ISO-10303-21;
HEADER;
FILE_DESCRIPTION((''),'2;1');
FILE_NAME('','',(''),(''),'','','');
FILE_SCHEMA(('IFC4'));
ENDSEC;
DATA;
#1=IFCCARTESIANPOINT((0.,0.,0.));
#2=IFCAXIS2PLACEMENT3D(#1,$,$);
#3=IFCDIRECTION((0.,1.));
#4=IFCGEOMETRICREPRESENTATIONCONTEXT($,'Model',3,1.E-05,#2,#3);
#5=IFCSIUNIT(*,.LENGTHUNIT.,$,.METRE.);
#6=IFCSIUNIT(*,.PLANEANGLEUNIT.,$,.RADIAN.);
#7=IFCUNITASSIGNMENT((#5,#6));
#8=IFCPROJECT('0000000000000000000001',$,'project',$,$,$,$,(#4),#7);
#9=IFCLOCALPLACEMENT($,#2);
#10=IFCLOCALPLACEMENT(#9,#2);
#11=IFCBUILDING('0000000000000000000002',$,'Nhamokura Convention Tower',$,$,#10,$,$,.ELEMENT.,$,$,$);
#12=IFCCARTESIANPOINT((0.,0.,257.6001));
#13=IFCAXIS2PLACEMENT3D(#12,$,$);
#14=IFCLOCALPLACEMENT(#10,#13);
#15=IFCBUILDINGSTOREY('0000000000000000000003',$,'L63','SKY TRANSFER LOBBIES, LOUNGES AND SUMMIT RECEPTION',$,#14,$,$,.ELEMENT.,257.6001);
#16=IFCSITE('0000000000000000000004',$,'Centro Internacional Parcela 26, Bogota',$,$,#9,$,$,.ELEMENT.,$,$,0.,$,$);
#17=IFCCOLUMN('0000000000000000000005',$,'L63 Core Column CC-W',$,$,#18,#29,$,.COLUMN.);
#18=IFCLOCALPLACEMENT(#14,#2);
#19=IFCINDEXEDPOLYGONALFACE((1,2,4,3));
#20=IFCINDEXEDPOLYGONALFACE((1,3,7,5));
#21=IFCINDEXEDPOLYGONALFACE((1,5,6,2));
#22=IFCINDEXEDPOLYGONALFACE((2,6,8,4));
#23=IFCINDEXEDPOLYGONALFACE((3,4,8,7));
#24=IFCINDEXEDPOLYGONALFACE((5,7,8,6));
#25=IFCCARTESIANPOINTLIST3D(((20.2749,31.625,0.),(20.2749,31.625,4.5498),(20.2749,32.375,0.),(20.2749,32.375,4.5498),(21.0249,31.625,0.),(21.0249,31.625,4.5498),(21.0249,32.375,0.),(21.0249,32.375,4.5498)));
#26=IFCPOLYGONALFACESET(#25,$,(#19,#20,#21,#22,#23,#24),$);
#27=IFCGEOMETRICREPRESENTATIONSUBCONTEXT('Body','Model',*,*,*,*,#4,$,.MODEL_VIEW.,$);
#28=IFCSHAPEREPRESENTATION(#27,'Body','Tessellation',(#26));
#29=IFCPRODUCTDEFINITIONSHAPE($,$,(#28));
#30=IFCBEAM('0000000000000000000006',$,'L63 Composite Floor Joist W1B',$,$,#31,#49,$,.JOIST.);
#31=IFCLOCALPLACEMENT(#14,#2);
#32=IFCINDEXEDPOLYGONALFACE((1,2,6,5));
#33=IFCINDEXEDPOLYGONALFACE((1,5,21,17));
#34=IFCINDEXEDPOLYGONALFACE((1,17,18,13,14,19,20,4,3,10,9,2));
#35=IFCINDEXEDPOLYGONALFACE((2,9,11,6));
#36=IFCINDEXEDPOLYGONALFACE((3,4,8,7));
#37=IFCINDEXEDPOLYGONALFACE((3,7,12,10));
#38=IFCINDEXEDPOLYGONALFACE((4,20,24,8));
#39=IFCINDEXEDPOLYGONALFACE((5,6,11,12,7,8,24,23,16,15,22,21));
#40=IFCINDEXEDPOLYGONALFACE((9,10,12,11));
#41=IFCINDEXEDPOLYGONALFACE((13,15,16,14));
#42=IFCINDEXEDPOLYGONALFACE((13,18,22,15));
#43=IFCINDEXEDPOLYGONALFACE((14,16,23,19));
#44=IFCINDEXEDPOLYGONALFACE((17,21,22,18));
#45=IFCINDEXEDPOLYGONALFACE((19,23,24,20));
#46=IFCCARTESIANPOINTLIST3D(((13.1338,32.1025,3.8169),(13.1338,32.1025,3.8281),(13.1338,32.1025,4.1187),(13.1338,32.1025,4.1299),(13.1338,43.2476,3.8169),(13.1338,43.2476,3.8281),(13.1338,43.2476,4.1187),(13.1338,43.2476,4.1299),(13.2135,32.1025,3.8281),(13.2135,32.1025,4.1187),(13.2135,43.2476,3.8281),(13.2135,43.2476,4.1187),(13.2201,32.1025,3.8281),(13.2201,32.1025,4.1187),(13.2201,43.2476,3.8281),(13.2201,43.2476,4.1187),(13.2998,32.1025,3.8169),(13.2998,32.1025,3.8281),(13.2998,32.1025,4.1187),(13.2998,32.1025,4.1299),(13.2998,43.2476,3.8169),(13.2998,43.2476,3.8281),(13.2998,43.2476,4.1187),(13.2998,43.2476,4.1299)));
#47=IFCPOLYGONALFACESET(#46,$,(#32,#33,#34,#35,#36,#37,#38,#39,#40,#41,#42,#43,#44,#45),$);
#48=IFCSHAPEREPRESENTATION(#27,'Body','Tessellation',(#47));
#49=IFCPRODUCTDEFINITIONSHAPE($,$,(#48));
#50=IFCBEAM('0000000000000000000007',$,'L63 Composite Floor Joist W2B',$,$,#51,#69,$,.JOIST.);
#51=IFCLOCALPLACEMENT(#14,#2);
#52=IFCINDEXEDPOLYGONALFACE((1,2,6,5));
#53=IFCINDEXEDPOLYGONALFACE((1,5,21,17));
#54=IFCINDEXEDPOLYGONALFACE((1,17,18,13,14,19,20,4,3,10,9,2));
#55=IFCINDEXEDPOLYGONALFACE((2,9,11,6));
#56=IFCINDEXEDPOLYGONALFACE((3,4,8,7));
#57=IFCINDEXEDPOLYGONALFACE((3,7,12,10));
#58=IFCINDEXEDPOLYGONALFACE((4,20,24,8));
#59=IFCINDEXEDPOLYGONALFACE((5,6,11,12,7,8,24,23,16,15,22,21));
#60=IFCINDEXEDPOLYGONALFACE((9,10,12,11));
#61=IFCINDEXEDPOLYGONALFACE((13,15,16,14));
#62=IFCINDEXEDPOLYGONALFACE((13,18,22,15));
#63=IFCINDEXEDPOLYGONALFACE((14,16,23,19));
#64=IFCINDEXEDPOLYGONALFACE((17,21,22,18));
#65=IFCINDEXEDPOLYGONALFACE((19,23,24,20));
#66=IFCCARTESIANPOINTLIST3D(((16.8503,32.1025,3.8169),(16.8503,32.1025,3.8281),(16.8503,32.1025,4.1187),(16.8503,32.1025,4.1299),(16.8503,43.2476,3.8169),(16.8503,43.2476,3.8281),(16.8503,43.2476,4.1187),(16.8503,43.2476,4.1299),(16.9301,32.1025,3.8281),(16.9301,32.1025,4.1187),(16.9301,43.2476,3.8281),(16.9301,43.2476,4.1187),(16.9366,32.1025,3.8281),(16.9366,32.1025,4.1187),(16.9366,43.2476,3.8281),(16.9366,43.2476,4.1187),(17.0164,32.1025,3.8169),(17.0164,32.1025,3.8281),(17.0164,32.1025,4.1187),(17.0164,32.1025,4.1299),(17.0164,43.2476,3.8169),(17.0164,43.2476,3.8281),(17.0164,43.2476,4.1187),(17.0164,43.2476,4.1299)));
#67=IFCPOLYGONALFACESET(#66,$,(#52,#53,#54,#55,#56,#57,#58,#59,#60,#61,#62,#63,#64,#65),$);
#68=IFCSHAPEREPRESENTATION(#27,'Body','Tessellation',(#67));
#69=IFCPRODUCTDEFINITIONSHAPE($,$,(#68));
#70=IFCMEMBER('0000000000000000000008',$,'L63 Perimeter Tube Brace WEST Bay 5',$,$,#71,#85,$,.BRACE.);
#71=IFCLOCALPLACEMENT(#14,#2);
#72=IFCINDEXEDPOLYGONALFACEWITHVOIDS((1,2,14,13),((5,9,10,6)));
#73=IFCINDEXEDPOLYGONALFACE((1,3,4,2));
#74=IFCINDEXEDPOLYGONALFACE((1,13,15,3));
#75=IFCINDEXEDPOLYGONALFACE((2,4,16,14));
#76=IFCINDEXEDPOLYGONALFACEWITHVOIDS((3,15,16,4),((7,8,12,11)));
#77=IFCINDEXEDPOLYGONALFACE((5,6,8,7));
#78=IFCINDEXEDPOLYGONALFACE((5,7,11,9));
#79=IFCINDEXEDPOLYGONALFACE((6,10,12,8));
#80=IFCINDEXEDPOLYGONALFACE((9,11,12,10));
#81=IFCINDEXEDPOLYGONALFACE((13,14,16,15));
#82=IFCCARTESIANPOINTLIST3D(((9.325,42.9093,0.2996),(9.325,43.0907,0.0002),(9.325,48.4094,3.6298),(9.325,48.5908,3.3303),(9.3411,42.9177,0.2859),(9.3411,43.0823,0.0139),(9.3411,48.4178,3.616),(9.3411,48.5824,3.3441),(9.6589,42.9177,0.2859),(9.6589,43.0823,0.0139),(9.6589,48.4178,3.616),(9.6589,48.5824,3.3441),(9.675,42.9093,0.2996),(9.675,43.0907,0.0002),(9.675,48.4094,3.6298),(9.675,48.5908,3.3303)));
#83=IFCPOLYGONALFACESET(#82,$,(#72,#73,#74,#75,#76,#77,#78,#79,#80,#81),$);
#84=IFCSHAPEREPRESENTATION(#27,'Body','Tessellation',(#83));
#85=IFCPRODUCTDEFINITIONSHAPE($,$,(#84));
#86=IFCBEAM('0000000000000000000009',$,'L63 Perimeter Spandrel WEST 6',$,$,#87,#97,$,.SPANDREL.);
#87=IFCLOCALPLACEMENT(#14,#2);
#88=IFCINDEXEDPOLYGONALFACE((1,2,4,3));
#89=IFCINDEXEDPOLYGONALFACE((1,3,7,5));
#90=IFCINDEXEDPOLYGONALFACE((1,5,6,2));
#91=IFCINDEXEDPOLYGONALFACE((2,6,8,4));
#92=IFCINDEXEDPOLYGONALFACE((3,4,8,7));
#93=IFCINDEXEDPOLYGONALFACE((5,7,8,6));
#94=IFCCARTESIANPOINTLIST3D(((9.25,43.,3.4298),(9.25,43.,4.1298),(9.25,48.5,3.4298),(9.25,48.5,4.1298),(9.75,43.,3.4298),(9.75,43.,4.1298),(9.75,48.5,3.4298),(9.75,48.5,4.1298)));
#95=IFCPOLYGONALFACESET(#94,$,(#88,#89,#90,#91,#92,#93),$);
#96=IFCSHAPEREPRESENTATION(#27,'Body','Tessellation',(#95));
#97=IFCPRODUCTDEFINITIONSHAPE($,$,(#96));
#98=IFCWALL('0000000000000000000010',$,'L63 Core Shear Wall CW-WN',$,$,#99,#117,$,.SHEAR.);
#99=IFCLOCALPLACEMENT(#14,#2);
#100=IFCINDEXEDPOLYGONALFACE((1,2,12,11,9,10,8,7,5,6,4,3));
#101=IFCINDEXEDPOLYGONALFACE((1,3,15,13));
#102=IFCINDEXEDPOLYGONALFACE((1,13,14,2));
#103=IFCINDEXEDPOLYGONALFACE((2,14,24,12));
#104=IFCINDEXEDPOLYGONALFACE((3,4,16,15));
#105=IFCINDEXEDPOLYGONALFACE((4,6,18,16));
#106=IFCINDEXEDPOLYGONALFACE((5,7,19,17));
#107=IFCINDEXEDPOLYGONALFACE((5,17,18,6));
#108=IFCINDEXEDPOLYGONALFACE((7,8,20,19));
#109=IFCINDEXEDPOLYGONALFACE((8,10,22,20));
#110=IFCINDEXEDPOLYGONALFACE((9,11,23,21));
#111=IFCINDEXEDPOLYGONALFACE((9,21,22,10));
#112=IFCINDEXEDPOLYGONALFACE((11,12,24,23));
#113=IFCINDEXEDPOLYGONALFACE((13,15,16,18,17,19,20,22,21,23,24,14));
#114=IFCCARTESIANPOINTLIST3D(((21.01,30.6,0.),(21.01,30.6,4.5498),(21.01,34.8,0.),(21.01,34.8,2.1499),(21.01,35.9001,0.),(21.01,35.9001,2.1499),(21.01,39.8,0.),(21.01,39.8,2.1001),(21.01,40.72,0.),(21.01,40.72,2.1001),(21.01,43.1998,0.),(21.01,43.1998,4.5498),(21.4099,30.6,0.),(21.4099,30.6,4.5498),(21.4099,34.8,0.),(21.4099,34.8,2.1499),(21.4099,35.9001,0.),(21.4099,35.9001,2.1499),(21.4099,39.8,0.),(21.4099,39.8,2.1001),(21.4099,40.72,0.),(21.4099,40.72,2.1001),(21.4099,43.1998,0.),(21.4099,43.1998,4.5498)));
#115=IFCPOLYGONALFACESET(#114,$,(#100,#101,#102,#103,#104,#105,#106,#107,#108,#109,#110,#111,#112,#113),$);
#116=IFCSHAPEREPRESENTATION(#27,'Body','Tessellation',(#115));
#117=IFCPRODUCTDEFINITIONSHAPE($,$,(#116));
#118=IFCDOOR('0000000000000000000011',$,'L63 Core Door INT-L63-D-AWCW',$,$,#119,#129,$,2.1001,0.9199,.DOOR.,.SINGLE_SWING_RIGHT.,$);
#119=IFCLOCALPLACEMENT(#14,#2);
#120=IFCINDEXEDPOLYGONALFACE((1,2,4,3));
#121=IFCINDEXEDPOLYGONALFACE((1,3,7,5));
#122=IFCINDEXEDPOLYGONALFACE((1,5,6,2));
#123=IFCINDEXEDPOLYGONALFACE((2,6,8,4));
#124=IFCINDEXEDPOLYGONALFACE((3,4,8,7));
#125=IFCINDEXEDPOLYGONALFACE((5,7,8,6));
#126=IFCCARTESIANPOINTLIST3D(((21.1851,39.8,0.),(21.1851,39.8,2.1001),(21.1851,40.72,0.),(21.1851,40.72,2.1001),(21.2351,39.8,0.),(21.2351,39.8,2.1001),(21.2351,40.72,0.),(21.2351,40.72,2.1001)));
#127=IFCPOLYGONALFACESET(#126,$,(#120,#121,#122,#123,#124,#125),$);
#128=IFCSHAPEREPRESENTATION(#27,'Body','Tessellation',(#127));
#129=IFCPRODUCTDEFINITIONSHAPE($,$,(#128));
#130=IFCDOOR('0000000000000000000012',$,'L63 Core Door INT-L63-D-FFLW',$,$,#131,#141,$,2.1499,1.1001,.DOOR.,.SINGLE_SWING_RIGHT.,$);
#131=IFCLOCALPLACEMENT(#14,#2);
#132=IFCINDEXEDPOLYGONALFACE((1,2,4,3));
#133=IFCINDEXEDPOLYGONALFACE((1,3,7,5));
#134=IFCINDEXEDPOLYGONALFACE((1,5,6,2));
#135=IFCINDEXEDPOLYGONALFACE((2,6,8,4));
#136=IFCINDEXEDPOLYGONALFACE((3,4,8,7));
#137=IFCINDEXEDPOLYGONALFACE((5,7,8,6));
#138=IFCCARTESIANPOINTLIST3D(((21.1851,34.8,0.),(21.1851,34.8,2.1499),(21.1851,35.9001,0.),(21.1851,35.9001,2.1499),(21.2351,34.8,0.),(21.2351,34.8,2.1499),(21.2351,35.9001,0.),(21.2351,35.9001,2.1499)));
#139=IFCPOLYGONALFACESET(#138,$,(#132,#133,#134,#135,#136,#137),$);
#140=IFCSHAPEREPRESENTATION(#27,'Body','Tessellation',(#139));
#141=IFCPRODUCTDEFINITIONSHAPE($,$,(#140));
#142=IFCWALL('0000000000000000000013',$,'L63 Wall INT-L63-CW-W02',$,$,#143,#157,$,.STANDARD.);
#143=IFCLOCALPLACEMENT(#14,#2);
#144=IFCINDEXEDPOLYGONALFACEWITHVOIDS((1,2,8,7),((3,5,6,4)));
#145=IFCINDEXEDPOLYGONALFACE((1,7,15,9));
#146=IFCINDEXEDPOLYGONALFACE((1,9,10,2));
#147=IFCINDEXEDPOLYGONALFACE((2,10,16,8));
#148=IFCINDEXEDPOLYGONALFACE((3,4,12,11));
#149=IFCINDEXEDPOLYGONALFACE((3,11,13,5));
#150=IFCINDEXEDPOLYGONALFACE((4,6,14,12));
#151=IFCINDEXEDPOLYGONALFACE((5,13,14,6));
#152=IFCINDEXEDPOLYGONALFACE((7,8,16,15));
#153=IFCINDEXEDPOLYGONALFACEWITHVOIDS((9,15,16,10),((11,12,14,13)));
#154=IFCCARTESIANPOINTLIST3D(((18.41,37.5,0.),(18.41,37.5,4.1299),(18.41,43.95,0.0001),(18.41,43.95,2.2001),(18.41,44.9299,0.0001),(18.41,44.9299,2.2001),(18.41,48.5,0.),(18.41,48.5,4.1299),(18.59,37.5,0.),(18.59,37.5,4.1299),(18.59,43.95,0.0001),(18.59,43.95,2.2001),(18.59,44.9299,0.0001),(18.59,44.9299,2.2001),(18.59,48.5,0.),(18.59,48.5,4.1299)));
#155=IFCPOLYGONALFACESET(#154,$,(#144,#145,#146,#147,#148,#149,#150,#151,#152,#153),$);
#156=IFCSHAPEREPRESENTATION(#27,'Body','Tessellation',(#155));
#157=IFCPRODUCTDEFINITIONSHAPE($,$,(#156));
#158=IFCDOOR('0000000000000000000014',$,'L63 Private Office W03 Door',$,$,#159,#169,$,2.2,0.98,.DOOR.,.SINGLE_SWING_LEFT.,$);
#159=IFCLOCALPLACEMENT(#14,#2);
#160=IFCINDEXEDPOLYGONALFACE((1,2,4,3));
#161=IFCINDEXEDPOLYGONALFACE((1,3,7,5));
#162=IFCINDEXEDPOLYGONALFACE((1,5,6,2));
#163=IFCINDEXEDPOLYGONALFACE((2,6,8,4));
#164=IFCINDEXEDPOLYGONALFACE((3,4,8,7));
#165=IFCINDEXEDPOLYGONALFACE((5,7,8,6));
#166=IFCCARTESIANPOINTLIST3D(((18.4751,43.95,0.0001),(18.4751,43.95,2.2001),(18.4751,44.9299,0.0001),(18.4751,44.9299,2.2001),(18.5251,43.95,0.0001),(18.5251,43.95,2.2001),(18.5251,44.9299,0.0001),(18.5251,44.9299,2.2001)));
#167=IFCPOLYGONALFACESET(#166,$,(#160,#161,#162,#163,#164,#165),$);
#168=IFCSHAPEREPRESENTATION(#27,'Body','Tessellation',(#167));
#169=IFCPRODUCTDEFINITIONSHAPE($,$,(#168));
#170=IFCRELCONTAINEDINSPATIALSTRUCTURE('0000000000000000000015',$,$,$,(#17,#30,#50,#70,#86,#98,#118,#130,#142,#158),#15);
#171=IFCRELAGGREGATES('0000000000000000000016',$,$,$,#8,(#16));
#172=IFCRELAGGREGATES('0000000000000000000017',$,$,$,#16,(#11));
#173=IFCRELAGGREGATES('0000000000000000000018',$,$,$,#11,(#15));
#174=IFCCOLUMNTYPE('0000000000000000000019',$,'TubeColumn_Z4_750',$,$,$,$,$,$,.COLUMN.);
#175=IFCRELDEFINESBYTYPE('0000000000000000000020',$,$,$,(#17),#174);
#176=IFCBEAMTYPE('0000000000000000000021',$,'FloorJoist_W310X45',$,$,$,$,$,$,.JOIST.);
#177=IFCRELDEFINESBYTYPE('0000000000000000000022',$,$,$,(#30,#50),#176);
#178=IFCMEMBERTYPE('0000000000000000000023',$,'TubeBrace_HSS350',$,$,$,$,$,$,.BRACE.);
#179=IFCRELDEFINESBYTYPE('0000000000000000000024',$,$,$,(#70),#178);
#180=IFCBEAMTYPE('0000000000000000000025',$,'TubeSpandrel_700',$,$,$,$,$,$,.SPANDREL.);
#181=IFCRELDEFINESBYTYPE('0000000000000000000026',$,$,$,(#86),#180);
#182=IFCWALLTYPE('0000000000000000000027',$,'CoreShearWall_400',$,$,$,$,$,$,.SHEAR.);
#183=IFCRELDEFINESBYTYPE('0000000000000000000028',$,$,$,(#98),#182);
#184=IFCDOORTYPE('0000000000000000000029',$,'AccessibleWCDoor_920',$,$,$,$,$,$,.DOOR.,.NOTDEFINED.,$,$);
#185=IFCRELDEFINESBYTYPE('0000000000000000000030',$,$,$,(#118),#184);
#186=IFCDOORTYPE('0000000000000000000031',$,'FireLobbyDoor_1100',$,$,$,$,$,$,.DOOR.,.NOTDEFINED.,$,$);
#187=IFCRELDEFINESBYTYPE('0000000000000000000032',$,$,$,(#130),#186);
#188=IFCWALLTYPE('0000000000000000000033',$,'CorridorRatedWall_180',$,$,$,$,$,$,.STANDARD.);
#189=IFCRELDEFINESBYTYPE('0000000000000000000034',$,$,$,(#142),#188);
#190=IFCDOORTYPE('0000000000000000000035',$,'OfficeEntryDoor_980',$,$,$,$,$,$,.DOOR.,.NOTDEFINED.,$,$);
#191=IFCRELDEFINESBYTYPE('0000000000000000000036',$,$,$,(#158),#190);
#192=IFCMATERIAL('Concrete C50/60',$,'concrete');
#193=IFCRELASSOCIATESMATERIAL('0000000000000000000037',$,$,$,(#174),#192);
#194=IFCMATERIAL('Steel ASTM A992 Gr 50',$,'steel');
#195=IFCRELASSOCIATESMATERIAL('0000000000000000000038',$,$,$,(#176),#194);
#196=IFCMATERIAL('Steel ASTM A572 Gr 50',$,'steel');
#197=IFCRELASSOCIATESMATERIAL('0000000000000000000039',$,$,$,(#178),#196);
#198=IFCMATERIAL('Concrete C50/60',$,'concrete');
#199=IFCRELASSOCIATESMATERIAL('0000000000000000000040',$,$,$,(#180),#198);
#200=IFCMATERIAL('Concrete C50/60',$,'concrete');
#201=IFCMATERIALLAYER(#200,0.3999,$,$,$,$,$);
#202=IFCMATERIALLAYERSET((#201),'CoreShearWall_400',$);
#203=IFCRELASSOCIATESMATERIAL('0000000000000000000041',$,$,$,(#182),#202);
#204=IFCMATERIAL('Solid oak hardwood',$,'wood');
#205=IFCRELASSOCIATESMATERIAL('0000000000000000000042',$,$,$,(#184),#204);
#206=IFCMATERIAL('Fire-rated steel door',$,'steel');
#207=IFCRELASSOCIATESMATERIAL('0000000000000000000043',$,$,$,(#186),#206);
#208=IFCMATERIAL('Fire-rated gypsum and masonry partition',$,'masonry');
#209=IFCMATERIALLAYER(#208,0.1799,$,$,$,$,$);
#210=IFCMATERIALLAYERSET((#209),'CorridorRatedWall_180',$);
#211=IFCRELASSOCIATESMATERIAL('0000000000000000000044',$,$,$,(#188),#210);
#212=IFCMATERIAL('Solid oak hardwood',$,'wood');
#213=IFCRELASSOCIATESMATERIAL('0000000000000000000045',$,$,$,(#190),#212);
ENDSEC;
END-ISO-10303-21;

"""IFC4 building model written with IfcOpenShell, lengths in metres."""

from ifc_helpers import new_model, si_unit, direction, frame, frame_2d, origin, origin_2d, place, context, subcontext, project, spatial, rectangle, hollow_rectangle, i_section, extrude, material, layer, layer_set, material_profile, profile_set, type_object, element, fill, save


model = new_model("IFC4")

# Units and contexts
model_context = context("Model", 3, precision=1e-05, world=origin(), true_north=direction((0.0, 1.0)))
body_context = subcontext(model_context, "Body", "Model", "MODEL_VIEW")
ifc_project = project(units=[si_unit("LENGTHUNIT", "METRE"), si_unit("PLANEANGLEUNIT", "RADIAN")], contexts=[model_context])

# Site, building, storey
site_placement = place(None, origin())
site = spatial("IfcSite", under=ifc_project, at=site_placement, Name="Centro Internacional Parcela 26, Bogota", CompositionType="ELEMENT", RefElevation=0.0)
building_placement = place(site_placement, origin())
building = spatial("IfcBuilding", under=site, at=building_placement, Name="Nhamokura Convention Tower", CompositionType="ELEMENT")
storey_placement = place(building_placement, frame((0.0, 0.0, 257.6001)))
storey = spatial("IfcBuildingStorey", under=building, at=storey_placement, Name="L63", Description="SKY TRANSFER LOBBIES, LOUNGES AND SUMMIT RECEPTION", CompositionType="ELEMENT", Elevation=257.6001)

# Column
ifc_material_1 = material(Name="Concrete C50/60", Category="concrete")
ifc_material_profile_1 = material_profile(ifc_material_1, rectangle(XDim=0.75, YDim=0.75, at=origin_2d()))
ifc_profile_set_1 = profile_set([ifc_material_profile_1], Name="Concrete C50/60")
column_type = type_object("IfcColumnType", Name="TubeColumn_Z4_750", PredefinedType="COLUMN", material=ifc_profile_set_1)
column_placement = place(storey_placement, frame((20.6499, 32.0, 0.0), z_axis=(0.0, 0.0, 1.0), x_axis=(1.0, 0.0, 0.0)))
element("IfcColumn", 1, at=column_placement, inside=storey, type_object=column_type, Name="L63 Core Column CC-W", PredefinedType="COLUMN", context=body_context, shape_type="SweptSolid", body=[
    extrude(rectangle(XDim=0.75, YDim=0.75, at=origin_2d()), origin(), (0.0, 0.0, 1.0), 4.5498),
])

# Beams
ifc_material_2 = material(Name="Steel ASTM A992 Gr 50", Category="steel")
ifc_material_profile_2 = material_profile(ifc_material_2, i_section(OverallWidth=0.166, OverallDepth=0.313, WebThickness=0.0066, FlangeThickness=0.0112, at=origin_2d()))
ifc_profile_set_2 = profile_set([ifc_material_profile_2], Name="Steel ASTM A992 Gr 50")
beam_type_1 = type_object("IfcBeamType", Name="FloorJoist_W310X45", PredefinedType="JOIST", material=ifc_profile_set_2)
for number, where, z_axis, x_axis, name in (
    (2, (13.2168, 32.1025, 3.9734), (0.0, 1.0, 0.0), (-1.0, 0.0, 0.0), "L63 Composite Floor Joist W1B"),
    (3, (16.9333, 32.1025, 3.9734), (0.0, 1.0, 0.0), (-1.0, 0.0, 0.0), "L63 Composite Floor Joist W2B"),
):
    element("IfcBeam", number, at=place(storey_placement, frame(where, z_axis=z_axis, x_axis=x_axis)), inside=storey, type_object=beam_type_1, Name=name, PredefinedType="JOIST", context=body_context, shape_type="SweptSolid", body=[
        extrude(i_section(OverallWidth=0.166, OverallDepth=0.313, WebThickness=0.0066, FlangeThickness=0.0112, at=origin_2d()), origin(), (0.0, 0.0, 1.0), 11.145),
    ])

# Member
ifc_material_3 = material(Name="Steel ASTM A572 Gr 50", Category="steel")
ifc_material_profile_3 = material_profile(ifc_material_3, hollow_rectangle(XDim=0.3501, YDim=0.3501, WallThickness=0.0161, at=origin_2d()))
ifc_profile_set_3 = profile_set([ifc_material_profile_3], Name="Steel ASTM A572 Gr 50")
member_type = type_object("IfcMemberType", Name="TubeBrace_HSS350", PredefinedType="BRACE", material=ifc_profile_set_3)
member_placement = place(storey_placement, frame((9.5, 43.0, 0.1499), z_axis=(0.0, 0.855422, 0.517931), x_axis=(-1.0, 0.0, 0.0)))
element("IfcMember", 4, at=member_placement, inside=storey, type_object=member_type, Name="L63 Perimeter Tube Brace WEST Bay 5", PredefinedType="BRACE", context=body_context, shape_type="SweptSolid", body=[
    extrude(hollow_rectangle(XDim=0.3501, YDim=0.3501, WallThickness=0.0161, at=origin_2d()), origin(), (0.0, 0.0, 1.0), 6.4297),
])

# Beam
ifc_material_4 = material(Name="Concrete C50/60", Category="concrete")
ifc_material_profile_4 = material_profile(ifc_material_4, rectangle(XDim=0.5, YDim=0.7, at=origin_2d()))
ifc_profile_set_4 = profile_set([ifc_material_profile_4], Name="Concrete C50/60")
beam_type_2 = type_object("IfcBeamType", Name="TubeSpandrel_700", PredefinedType="SPANDREL", material=ifc_profile_set_4)
beam_placement = place(storey_placement, frame((9.5, 43.0, 3.7798), z_axis=(0.0, 1.0, 0.0), x_axis=(-1.0, 0.0, 0.0)))
element("IfcBeam", 5, at=beam_placement, inside=storey, type_object=beam_type_2, Name="L63 Perimeter Spandrel WEST 6", PredefinedType="SPANDREL", context=body_context, shape_type="SweptSolid", body=[
    extrude(rectangle(XDim=0.5, YDim=0.7, at=origin_2d()), origin(), (0.0, 0.0, 1.0), 5.5),
])

# Wall, openings, doors
ifc_material_5 = material(Name="Concrete C50/60", Category="concrete")
ifc_layer_1 = layer(ifc_material_5, 0.3999)
ifc_layer_set_1 = layer_set([ifc_layer_1], Name="CoreShearWall_400")
wall_type_1 = type_object("IfcWallType", Name="CoreShearWall_400", PredefinedType="SHEAR", material=ifc_layer_set_1)
wall_1_placement = place(storey_placement, frame((21.21, 30.6001, 0.0), z_axis=(0.0, 0.0, 1.0), x_axis=(0.0, 1.0, 0.0)))
wall_1 = element("IfcWall", 6, at=wall_1_placement, inside=storey, type_object=wall_type_1, Name="L63 Core Shear Wall CW-WN", PredefinedType="SHEAR", context=body_context, shape_type="SweptSolid", body=[
    extrude(rectangle(XDim=12.5999, YDim=0.3999, at=frame_2d((6.2998, 0.0))), origin(), (0.0, 0.0, 1.0), 4.5498),
])
opening_1_placement = place(wall_1_placement, frame((4.2, 0.0, 0.0)))
opening_1 = element("IfcOpeningElement", 7, at=opening_1_placement, cuts=wall_1, PredefinedType="OPENING", context=body_context, shape_type="SweptSolid", body=[
    extrude(rectangle(XDim=1.1001, YDim=2.1499, at=frame_2d((0.55, 1.075))), frame((0.0, 0.21, 0.0), z_axis=(0.0, -1.0, 0.0), x_axis=(1.0, 0.0, 0.0)), (0.0, 0.0, 1.0), 0.4199),
])
opening_2_placement = place(wall_1_placement, frame((9.2, 0.0, 0.0)))
opening_2 = element("IfcOpeningElement", 8, at=opening_2_placement, cuts=wall_1, PredefinedType="OPENING", context=body_context, shape_type="SweptSolid", body=[
    extrude(rectangle(XDim=0.9199, YDim=2.1001, at=frame_2d((0.46, 1.05))), frame((0.0, 0.21, 0.0), z_axis=(0.0, -1.0, 0.0), x_axis=(1.0, 0.0, 0.0)), (0.0, 0.0, 1.0), 0.4199),
])
ifc_material_6 = material(Name="Solid oak hardwood", Category="wood")
door_type_1 = type_object("IfcDoorType", Name="AccessibleWCDoor_920", OperationType="NOTDEFINED", PredefinedType="DOOR", material=ifc_material_6)
door_1_placement = place(opening_2_placement, origin())
door_1 = element("IfcDoor", 9, at=door_1_placement, inside=storey, type_object=door_type_1, Name="L63 Core Door INT-L63-D-AWCW", OperationType="SINGLE_SWING_RIGHT", OverallHeight=2.1001, OverallWidth=0.9199, PredefinedType="DOOR", context=body_context, shape_type="SweptSolid", body=[
    extrude(rectangle(XDim=0.9199, YDim=2.1001, at=frame_2d((0.46, 1.05))), frame((0.0, 0.0249, 0.0), z_axis=(0.0, -1.0, 0.0), x_axis=(1.0, 0.0, 0.0)), (0.0, 0.0, 1.0), 0.05),
])
fill(opening_2, door_1)
ifc_material_7 = material(Name="Fire-rated steel door", Category="steel")
door_type_2 = type_object("IfcDoorType", Name="FireLobbyDoor_1100", OperationType="NOTDEFINED", PredefinedType="DOOR", material=ifc_material_7)
door_2_placement = place(opening_1_placement, origin())
door_2 = element("IfcDoor", 10, at=door_2_placement, inside=storey, type_object=door_type_2, Name="L63 Core Door INT-L63-D-FFLW", OperationType="SINGLE_SWING_RIGHT", OverallHeight=2.1499, OverallWidth=1.1001, PredefinedType="DOOR", context=body_context, shape_type="SweptSolid", body=[
    extrude(rectangle(XDim=1.1001, YDim=2.1499, at=frame_2d((0.55, 1.075))), frame((0.0, 0.0249, 0.0), z_axis=(0.0, -1.0, 0.0), x_axis=(1.0, 0.0, 0.0)), (0.0, 0.0, 1.0), 0.05),
])
fill(opening_1, door_2)

# Wall, opening, door
ifc_material_8 = material(Name="Fire-rated gypsum and masonry partition", Category="masonry")
ifc_layer_2 = layer(ifc_material_8, 0.1799)
ifc_layer_set_2 = layer_set([ifc_layer_2], Name="CorridorRatedWall_180")
wall_type_2 = type_object("IfcWallType", Name="CorridorRatedWall_180", PredefinedType="STANDARD", material=ifc_layer_set_2)
wall_2_placement = place(storey_placement, frame((18.5, 37.5, 0.0), z_axis=(0.0, 0.0, 1.0), x_axis=(0.0, 1.0, 0.0)))
wall_2 = element("IfcWall", 11, at=wall_2_placement, inside=storey, type_object=wall_type_2, Name="L63 Wall INT-L63-CW-W02", PredefinedType="STANDARD", context=body_context, shape_type="SweptSolid", body=[
    extrude(rectangle(XDim=11.0, YDim=0.1799, at=frame_2d((5.5, 0.0))), origin(), (0.0, 0.0, 1.0), 4.1299),
])
opening_3_placement = place(wall_2_placement, frame((6.45, 0.0, 0.0)))
opening_3 = element("IfcOpeningElement", 12, at=opening_3_placement, cuts=wall_2, PredefinedType="OPENING", context=body_context, shape_type="SweptSolid", body=[
    extrude(rectangle(XDim=0.98, YDim=2.2, at=frame_2d((0.49, 1.1001))), frame((0.0, 0.0999, 0.0), z_axis=(0.0, -1.0, 0.0), x_axis=(1.0, 0.0, 0.0)), (0.0, 0.0, 1.0), 0.2),
])
ifc_material_9 = material(Name="Solid oak hardwood", Category="wood")
door_type_3 = type_object("IfcDoorType", Name="OfficeEntryDoor_980", OperationType="NOTDEFINED", PredefinedType="DOOR", material=ifc_material_9)
door_3_placement = place(opening_3_placement, origin())
door_3 = element("IfcDoor", 13, at=door_3_placement, inside=storey, type_object=door_type_3, Name="L63 Private Office W03 Door", OperationType="SINGLE_SWING_LEFT", OverallHeight=2.2, OverallWidth=0.98, PredefinedType="DOOR", context=body_context, shape_type="SweptSolid", body=[
    extrude(rectangle(XDim=0.98, YDim=2.2, at=frame_2d((0.49, 1.1001))), frame((0.0, 0.0249, 0.0), z_axis=(0.0, -1.0, 0.0), x_axis=(1.0, 0.0, 0.0)), (0.0, 0.0, 1.0), 0.05),
])
fill(opening_3, door_3)

save(model, "model.ifc")
